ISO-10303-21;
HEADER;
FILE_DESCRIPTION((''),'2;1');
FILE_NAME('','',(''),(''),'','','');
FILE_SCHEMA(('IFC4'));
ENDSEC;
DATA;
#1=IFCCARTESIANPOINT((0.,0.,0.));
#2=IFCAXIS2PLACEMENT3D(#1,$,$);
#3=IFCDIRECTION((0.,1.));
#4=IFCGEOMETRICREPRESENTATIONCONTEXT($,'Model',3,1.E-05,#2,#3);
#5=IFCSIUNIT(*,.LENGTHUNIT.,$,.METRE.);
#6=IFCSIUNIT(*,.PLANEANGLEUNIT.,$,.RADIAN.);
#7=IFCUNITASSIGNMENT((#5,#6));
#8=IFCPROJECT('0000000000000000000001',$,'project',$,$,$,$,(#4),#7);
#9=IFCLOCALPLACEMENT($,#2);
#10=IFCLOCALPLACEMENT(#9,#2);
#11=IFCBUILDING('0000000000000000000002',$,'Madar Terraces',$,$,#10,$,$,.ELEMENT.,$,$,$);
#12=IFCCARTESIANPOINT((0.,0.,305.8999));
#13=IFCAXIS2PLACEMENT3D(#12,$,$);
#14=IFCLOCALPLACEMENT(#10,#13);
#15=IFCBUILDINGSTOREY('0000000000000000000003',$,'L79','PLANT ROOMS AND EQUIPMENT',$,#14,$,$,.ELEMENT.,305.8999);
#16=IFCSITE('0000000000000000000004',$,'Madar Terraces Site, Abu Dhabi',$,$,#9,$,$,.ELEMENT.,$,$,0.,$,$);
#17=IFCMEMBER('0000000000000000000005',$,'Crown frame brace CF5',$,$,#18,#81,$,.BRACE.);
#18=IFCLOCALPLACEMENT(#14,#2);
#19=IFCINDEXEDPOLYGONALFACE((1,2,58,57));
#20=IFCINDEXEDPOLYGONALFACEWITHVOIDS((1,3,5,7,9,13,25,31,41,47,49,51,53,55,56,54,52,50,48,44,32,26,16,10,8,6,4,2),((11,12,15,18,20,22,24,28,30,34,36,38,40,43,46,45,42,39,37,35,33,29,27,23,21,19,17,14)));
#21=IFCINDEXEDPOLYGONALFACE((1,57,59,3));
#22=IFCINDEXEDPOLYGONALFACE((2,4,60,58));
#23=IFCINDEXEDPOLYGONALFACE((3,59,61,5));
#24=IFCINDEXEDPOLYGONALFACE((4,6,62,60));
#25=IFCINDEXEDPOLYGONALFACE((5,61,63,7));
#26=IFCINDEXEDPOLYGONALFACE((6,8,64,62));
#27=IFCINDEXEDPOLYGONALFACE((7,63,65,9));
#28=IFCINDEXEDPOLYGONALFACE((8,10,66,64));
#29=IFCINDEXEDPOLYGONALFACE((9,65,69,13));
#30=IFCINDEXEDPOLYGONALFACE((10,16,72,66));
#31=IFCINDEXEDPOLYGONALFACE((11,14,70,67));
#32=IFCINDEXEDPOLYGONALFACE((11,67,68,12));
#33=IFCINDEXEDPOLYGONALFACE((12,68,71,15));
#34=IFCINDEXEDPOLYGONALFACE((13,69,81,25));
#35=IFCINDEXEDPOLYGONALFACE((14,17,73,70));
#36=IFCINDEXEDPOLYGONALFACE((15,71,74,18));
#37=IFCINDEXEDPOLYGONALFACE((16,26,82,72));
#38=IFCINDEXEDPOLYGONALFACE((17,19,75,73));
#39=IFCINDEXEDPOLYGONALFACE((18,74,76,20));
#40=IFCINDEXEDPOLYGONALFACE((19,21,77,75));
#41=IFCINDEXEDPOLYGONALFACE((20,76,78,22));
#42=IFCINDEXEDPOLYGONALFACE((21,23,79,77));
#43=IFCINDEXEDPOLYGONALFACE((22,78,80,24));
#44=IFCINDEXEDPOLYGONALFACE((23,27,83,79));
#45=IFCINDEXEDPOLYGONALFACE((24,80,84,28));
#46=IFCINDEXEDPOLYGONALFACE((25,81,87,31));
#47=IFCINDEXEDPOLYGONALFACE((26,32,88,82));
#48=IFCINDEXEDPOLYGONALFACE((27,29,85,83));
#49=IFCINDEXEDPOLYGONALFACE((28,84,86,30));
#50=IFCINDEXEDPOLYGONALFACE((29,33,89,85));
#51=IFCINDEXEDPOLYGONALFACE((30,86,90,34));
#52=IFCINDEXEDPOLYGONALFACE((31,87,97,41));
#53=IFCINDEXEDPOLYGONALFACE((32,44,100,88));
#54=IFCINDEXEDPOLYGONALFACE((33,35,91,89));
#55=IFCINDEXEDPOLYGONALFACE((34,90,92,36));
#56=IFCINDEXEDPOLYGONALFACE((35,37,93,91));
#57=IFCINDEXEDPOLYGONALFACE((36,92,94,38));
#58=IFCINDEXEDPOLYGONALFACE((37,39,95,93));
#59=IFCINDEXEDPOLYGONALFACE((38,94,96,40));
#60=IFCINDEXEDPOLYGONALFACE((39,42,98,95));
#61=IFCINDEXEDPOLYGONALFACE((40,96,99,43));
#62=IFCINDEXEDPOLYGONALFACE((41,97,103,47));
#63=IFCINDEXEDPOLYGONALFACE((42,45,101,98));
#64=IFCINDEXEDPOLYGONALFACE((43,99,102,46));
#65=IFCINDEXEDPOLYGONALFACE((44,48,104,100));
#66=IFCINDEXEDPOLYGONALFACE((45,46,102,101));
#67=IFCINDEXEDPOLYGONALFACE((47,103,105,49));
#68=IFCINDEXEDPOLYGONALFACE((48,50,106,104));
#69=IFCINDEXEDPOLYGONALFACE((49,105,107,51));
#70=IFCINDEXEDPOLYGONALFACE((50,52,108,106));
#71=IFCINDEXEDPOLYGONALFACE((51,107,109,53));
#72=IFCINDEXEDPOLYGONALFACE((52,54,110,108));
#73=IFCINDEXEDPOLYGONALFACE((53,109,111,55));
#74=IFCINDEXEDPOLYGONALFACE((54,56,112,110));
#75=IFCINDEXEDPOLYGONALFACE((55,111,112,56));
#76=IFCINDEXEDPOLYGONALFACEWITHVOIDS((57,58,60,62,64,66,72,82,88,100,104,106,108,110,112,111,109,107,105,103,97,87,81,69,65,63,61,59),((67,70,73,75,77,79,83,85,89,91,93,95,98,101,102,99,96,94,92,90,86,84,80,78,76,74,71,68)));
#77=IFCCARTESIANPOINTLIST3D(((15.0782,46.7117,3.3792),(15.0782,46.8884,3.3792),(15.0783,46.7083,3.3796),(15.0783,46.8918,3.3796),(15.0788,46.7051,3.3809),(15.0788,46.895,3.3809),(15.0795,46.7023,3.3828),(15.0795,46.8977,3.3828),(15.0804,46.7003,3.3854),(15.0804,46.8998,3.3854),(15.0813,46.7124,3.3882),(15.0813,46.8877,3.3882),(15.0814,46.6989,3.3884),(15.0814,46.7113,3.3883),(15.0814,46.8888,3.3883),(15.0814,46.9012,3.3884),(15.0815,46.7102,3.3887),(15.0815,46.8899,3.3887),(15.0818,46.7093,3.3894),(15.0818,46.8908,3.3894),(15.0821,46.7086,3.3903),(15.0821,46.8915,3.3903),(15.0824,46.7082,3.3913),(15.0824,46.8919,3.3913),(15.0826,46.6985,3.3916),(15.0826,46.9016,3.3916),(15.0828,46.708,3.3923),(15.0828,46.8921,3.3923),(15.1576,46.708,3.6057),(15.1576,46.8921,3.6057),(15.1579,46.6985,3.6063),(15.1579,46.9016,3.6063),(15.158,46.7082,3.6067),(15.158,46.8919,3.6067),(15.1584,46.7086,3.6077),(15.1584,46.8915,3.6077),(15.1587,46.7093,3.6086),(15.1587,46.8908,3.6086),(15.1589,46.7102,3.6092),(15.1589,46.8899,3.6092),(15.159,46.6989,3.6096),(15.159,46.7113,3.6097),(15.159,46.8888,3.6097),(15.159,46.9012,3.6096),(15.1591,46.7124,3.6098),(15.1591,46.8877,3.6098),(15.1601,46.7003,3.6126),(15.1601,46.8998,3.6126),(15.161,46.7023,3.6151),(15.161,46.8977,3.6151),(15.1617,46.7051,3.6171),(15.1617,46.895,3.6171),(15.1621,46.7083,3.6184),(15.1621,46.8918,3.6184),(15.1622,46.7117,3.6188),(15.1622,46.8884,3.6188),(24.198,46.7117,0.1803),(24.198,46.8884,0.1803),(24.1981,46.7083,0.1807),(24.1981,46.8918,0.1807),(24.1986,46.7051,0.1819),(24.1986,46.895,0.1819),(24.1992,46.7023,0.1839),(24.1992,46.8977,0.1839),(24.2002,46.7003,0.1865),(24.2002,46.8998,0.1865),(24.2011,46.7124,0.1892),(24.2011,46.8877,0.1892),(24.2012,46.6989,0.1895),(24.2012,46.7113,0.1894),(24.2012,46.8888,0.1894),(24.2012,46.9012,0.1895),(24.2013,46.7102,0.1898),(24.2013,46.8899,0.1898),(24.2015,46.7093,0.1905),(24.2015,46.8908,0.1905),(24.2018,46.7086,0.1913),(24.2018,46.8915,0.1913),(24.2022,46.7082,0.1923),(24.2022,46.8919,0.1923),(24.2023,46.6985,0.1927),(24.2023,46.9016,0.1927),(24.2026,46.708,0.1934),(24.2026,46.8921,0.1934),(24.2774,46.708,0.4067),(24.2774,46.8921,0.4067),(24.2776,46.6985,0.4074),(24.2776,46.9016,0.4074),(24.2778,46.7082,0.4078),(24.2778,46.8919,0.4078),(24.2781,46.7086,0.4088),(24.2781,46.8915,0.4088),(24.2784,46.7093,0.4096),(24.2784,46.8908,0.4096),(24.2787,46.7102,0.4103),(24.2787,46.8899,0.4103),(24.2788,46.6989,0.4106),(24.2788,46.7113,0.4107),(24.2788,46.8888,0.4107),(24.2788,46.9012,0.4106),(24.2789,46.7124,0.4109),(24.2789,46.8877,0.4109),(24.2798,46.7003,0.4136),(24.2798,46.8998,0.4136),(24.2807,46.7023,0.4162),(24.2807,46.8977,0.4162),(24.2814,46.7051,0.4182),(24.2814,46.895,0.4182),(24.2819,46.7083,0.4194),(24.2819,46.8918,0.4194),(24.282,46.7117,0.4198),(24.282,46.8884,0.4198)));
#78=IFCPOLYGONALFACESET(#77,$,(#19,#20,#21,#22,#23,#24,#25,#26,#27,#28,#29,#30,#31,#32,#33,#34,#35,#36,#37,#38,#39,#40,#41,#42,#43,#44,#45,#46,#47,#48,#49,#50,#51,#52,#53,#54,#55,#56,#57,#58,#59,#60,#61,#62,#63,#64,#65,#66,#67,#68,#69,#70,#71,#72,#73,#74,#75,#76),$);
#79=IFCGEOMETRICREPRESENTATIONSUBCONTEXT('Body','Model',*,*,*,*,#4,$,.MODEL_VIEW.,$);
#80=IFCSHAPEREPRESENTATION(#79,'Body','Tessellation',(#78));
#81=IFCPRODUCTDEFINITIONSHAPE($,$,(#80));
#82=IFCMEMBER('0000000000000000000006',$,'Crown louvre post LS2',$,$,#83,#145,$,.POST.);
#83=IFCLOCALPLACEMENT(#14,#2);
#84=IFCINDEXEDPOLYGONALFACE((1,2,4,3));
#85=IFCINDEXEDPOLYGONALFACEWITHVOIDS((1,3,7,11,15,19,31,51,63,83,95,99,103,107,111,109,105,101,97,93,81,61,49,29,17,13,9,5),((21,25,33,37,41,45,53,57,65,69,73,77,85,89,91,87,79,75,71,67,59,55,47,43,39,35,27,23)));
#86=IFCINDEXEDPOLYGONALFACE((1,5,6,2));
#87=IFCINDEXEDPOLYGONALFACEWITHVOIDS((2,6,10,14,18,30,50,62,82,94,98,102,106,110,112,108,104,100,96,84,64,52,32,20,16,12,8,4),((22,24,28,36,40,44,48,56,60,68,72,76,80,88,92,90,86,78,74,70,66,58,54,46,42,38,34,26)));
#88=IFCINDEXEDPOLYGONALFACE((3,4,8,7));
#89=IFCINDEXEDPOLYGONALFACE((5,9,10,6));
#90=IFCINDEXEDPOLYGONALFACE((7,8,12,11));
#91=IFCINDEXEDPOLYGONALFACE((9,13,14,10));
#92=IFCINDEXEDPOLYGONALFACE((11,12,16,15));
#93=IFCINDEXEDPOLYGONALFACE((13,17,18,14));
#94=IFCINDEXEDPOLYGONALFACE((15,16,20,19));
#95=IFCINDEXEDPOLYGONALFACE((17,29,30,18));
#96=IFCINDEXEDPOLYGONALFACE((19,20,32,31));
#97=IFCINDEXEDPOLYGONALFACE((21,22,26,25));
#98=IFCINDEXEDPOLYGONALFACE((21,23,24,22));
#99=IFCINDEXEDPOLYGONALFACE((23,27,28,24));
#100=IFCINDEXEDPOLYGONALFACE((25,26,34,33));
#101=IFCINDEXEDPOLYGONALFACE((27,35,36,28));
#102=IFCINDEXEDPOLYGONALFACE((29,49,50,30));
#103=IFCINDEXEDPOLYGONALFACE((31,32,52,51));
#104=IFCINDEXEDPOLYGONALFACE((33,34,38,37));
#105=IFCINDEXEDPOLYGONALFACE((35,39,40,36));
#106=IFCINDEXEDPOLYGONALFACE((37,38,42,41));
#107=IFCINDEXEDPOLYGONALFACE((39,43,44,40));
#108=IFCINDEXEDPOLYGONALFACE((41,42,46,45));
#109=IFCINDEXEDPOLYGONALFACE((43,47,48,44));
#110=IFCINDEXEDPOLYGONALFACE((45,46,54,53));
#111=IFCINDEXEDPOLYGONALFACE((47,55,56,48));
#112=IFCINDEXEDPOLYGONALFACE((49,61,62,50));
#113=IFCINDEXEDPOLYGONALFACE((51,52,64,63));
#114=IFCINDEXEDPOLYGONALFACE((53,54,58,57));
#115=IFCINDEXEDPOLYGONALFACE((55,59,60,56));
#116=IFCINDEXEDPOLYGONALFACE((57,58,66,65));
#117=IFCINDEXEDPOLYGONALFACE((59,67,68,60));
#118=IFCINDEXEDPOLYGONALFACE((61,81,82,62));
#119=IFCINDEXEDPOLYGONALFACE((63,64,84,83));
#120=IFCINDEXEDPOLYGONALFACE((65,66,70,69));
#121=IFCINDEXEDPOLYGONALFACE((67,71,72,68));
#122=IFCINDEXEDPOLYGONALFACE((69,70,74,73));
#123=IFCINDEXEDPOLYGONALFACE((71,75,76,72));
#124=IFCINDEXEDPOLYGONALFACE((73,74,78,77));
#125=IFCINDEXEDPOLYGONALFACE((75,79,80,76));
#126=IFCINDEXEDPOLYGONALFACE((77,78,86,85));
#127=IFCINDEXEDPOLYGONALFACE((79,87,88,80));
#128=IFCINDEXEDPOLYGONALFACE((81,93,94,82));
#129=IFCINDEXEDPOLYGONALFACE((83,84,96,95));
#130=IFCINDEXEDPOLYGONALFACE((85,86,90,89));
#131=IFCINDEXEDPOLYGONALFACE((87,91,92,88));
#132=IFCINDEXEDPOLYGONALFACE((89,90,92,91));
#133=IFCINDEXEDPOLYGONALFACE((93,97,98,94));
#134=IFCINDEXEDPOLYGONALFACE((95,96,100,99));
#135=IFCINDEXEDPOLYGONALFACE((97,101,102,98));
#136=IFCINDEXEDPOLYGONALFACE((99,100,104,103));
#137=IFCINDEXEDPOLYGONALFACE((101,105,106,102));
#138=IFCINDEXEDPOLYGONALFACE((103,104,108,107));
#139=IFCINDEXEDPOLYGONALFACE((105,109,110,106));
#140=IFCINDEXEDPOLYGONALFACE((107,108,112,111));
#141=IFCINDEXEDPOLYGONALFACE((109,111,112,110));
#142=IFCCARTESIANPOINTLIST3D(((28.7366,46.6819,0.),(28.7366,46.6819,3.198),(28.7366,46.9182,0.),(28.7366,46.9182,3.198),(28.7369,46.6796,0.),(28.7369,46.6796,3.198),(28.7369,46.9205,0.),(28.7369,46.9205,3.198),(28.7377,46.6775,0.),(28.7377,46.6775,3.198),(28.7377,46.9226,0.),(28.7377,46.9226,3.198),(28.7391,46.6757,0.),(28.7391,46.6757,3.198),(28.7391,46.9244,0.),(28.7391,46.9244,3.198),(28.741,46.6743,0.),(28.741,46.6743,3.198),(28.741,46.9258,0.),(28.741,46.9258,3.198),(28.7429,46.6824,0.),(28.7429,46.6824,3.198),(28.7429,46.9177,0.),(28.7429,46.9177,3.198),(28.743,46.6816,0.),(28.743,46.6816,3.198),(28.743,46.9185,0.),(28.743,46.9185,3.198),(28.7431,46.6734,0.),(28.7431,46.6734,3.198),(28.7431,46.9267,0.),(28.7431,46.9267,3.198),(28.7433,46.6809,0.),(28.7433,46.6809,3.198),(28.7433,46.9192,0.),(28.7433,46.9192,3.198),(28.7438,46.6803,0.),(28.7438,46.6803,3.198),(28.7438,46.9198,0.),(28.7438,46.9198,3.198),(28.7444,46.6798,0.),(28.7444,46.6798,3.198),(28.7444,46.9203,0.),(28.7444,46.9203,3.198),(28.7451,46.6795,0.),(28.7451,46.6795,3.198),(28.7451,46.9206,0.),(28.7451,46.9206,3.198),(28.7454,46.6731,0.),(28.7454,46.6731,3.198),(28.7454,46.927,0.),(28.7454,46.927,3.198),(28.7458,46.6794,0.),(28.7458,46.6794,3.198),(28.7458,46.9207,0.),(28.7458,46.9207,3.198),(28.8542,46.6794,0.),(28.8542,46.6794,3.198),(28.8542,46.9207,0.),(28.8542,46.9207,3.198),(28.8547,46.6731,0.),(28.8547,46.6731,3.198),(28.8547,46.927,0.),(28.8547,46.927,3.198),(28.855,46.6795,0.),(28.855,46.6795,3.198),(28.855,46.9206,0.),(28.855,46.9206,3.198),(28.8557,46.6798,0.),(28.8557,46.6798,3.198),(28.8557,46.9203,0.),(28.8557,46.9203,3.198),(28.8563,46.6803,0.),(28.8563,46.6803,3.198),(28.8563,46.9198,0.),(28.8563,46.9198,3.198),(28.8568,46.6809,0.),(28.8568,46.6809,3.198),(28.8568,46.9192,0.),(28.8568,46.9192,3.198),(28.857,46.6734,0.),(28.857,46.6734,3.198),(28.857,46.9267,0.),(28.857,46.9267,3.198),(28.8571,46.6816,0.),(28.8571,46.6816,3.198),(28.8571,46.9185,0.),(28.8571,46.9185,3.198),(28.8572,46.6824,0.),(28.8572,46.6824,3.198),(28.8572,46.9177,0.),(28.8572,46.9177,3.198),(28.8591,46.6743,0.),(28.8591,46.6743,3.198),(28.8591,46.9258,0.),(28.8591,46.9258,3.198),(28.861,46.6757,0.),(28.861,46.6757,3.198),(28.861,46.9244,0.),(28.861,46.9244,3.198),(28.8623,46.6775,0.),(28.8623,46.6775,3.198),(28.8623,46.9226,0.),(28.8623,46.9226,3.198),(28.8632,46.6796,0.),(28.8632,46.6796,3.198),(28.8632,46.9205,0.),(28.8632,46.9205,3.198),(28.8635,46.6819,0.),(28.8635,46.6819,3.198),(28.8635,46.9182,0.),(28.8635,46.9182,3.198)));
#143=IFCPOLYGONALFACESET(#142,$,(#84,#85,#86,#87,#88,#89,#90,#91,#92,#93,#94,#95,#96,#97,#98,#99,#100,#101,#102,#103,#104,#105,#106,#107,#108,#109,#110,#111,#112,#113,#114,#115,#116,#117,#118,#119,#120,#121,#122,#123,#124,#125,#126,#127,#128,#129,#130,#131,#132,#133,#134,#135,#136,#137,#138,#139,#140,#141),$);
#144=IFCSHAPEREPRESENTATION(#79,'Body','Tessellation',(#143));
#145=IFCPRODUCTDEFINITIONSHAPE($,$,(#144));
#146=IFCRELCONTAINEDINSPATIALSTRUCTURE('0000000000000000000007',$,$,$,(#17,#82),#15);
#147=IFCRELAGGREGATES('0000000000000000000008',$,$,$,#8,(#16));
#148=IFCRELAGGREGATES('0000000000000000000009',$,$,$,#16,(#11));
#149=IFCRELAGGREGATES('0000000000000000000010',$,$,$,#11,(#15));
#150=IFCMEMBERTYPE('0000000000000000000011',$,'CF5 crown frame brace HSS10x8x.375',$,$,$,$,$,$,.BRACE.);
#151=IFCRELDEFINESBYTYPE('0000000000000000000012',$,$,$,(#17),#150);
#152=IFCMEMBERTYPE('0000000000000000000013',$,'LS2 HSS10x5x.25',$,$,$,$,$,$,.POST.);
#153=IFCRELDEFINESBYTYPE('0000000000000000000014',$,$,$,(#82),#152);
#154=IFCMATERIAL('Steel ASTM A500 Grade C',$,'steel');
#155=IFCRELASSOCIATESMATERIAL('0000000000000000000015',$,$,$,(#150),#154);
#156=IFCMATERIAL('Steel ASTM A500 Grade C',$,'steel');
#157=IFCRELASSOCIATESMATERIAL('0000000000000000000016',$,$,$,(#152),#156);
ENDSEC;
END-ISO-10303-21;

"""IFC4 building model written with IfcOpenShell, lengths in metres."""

from ifc_helpers import new_model, si_unit, direction, frame, origin, origin_2d, place, context, subcontext, project, spatial, hollow_rectangle, extrude, material, material_profile, profile_set, type_object, element, save


model = new_model("IFC4")

# Units and contexts
model_context = context("Model", 3, precision=1e-05, world=origin(), true_north=direction((0.0, 1.0)))
body_context = subcontext(model_context, "Body", "Model", "MODEL_VIEW")
ifc_project = project(units=[si_unit("LENGTHUNIT", "METRE"), si_unit("PLANEANGLEUNIT", "RADIAN")], contexts=[model_context])

# Site, building, storey
site_placement = place(None, origin())
site = spatial("IfcSite", under=ifc_project, at=site_placement, Name="Madar Terraces Site, Abu Dhabi", CompositionType="ELEMENT", RefElevation=0.0)
building_placement = place(site_placement, origin())
building = spatial("IfcBuilding", under=site, at=building_placement, Name="Madar Terraces", CompositionType="ELEMENT")
storey_placement = place(building_placement, frame((0.0, 0.0, 305.8999)))
storey = spatial("IfcBuildingStorey", under=building, at=storey_placement, Name="L79", Description="PLANT ROOMS AND EQUIPMENT", CompositionType="ELEMENT", Elevation=305.8999)

# Members
ifc_material_1 = material(Name="Steel ASTM A500 Grade C", Category="steel")
ifc_material_profile_1 = material_profile(ifc_material_1, hollow_rectangle(XDim=0.2031, YDim=0.2539, WallThickness=0.0095, InnerFilletRadius=0.0044, OuterFilletRadius=0.0132, at=origin_2d()), Name="HSS10x8x.375")
ifc_profile_set_1 = profile_set([ifc_material_profile_1], Name="Steel ASTM A500 Grade C")
member_type_1 = type_object("IfcMemberType", Name="CF5 crown frame brace HSS10x8x.375", PredefinedType="BRACE", material=ifc_profile_set_1)
member_1_placement = place(storey_placement, frame((24.24, 46.8, 0.3), z_axis=(-0.943632, 0.0, 0.330997), x_axis=(0.0, -1.0, 0.0)))
element("IfcMember", 1, at=member_1_placement, inside=storey, type_object=member_type_1, Name="Crown frame brace CF5", PredefinedType="BRACE", context=body_context, shape_type="SweptSolid", body=[
    extrude(hollow_rectangle(XDim=0.2031, YDim=0.2539, WallThickness=0.0095, InnerFilletRadius=0.0044, OuterFilletRadius=0.0132, at=origin_2d()), origin(), (0.0, 0.0, 1.0), 9.6646),
])
ifc_material_2 = material(Name="Steel ASTM A500 Grade C", Category="steel")
ifc_material_profile_2 = material_profile(ifc_material_2, hollow_rectangle(XDim=0.127, YDim=0.2539, WallThickness=0.0063, InnerFilletRadius=0.0029, OuterFilletRadius=0.0088, at=origin_2d()), Name="HSS10x5x.25")
ifc_profile_set_2 = profile_set([ifc_material_profile_2], Name="Steel ASTM A500 Grade C")
member_type_2 = type_object("IfcMemberType", Name="LS2 HSS10x5x.25", PredefinedType="POST", material=ifc_profile_set_2)
member_2_placement = place(storey_placement, frame((28.8, 46.8, 0.0), z_axis=(0.0, 0.0, 1.0), x_axis=(-1.0, 0.0, 0.0)))
element("IfcMember", 2, at=member_2_placement, inside=storey, type_object=member_type_2, Name="Crown louvre post LS2", PredefinedType="POST", context=body_context, shape_type="SweptSolid", body=[
    extrude(hollow_rectangle(XDim=0.127, YDim=0.2539, WallThickness=0.0063, InnerFilletRadius=0.0029, OuterFilletRadius=0.0088, at=origin_2d()), origin(), (0.0, 0.0, 1.0), 3.198),
])

save(model, "model.ifc")
